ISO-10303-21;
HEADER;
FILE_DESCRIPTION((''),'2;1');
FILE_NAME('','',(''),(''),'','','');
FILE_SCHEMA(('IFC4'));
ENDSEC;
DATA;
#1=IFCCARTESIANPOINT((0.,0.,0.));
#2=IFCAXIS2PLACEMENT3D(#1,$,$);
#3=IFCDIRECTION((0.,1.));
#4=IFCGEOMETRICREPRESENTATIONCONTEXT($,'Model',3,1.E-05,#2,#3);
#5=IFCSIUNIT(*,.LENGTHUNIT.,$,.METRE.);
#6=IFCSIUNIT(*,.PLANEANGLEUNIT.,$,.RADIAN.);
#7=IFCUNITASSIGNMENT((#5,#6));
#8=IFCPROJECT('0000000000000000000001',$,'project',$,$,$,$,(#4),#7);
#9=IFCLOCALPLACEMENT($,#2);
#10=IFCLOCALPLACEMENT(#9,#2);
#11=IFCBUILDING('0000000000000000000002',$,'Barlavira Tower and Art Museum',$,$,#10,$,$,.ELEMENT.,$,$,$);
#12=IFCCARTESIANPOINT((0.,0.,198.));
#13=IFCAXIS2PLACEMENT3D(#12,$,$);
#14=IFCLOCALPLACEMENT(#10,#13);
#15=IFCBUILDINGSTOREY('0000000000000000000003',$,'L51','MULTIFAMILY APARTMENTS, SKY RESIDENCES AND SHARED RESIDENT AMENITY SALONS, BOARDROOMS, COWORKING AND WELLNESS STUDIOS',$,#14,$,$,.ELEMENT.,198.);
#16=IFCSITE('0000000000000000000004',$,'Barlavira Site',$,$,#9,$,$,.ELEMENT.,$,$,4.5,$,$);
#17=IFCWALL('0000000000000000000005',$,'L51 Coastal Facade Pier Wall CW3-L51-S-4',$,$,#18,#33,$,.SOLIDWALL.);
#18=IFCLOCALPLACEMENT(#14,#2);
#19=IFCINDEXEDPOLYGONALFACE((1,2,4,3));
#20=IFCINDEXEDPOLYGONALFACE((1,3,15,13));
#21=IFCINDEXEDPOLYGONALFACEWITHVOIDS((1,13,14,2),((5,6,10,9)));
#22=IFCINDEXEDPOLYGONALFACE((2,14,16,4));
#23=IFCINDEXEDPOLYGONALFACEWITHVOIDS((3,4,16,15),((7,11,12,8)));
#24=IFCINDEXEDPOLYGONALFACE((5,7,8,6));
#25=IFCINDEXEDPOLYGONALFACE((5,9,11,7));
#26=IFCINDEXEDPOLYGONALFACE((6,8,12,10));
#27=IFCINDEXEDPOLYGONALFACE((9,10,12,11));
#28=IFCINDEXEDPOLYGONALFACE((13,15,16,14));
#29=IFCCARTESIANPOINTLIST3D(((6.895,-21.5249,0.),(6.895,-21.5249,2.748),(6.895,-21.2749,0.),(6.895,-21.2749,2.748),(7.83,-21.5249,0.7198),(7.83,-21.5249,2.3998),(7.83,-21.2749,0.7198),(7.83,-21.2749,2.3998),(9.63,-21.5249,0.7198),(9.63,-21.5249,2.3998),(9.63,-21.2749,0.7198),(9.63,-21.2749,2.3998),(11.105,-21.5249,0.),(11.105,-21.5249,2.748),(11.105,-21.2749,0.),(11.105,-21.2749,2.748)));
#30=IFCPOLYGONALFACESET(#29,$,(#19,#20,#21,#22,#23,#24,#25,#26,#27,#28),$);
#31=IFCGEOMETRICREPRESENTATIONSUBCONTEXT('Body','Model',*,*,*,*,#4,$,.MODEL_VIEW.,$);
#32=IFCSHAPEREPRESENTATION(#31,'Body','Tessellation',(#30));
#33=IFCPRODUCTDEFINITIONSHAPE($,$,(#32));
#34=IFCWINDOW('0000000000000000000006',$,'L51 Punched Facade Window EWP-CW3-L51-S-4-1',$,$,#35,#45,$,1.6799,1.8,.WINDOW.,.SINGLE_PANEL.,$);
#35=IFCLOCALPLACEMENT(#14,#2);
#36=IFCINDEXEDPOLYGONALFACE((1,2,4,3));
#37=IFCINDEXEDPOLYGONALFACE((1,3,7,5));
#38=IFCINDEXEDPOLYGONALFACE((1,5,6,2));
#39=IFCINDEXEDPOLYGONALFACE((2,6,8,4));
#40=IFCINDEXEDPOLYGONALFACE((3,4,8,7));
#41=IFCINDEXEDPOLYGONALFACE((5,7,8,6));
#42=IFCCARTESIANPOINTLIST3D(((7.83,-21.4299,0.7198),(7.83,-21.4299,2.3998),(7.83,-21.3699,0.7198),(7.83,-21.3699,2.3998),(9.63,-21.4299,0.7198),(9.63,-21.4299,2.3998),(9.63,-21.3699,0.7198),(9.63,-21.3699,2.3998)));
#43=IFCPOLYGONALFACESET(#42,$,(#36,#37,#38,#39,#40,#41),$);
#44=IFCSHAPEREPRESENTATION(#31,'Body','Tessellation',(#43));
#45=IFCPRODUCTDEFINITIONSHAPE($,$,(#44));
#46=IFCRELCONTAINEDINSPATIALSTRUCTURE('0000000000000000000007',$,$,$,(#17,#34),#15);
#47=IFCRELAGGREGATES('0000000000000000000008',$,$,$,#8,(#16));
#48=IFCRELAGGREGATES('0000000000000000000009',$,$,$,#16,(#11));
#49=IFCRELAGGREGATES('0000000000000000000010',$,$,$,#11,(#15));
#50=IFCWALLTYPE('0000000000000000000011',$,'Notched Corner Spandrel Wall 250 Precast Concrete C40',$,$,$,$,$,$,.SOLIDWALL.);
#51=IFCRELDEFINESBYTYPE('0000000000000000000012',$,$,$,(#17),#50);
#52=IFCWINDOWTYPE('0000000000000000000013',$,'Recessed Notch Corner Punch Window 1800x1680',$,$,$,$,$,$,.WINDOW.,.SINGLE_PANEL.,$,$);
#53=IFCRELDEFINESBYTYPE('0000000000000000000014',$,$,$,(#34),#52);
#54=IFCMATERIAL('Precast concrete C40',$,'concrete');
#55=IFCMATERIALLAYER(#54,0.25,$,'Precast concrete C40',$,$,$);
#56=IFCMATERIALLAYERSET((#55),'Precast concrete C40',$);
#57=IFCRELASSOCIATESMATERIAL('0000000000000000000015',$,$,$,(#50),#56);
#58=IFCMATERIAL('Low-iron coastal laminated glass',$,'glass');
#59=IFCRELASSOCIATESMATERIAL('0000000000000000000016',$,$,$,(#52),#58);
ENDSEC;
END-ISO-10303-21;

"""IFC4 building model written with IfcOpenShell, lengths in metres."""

from ifc_helpers import new_model, si_unit, direction, frame, frame_2d, origin, place, context, subcontext, project, spatial, rectangle, extrude, material, layer, layer_set, type_object, element, fill, save


model = new_model("IFC4")

# Units and contexts
model_context = context("Model", 3, precision=1e-05, world=origin(), true_north=direction((0.0, 1.0)))
body_context = subcontext(model_context, "Body", "Model", "MODEL_VIEW")
ifc_project = project(units=[si_unit("LENGTHUNIT", "METRE"), si_unit("PLANEANGLEUNIT", "RADIAN")], contexts=[model_context])

# Site, building, storey
site_placement = place(None, origin())
site = spatial("IfcSite", under=ifc_project, at=site_placement, Name="Barlavira Site", CompositionType="ELEMENT", RefElevation=4.5)
building_placement = place(site_placement, origin())
building = spatial("IfcBuilding", under=site, at=building_placement, Name="Barlavira Tower and Art Museum", CompositionType="ELEMENT")
storey_placement = place(building_placement, frame((0.0, 0.0, 198.0)))
storey = spatial("IfcBuildingStorey", under=building, at=storey_placement, Name="L51", Description="MULTIFAMILY APARTMENTS, SKY RESIDENCES AND SHARED RESIDENT AMENITY SALONS, BOARDROOMS, COWORKING AND WELLNESS STUDIOS", CompositionType="ELEMENT", Elevation=198.0)

# Wall, opening, window
ifc_material_1 = material(Name="Precast concrete C40", Category="concrete")
ifc_layer_1 = layer(ifc_material_1, 0.25, Name="Precast concrete C40")
ifc_layer_set_1 = layer_set([ifc_layer_1], Name="Precast concrete C40")
wall_type_1 = type_object("IfcWallType", Name="Notched Corner Spandrel Wall 250 Precast Concrete C40", PredefinedType="SOLIDWALL", material=ifc_layer_set_1)
wall_1_placement = place(storey_placement, frame((6.895, -21.3999, 0.0), z_axis=(0.0, 0.0, 1.0), x_axis=(1.0, 0.0, 0.0)))
wall_1 = element("IfcWall", 1, at=wall_1_placement, inside=storey, type_object=wall_type_1, Name="L51 Coastal Facade Pier Wall CW3-L51-S-4", PredefinedType="SOLIDWALL", context=body_context, shape_type="SweptSolid", body=[
    extrude(rectangle(XDim=4.21, YDim=0.25, at=frame_2d((2.105, 0.0))), origin(), (0.0, 0.0, 1.0), 2.748),
])
opening_1_placement = place(wall_1_placement, frame((0.9351, 0.0, 0.72)))
opening_1 = element("IfcOpeningElement", 2, at=opening_1_placement, cuts=wall_1, PredefinedType="OPENING", context=body_context, shape_type="SweptSolid", body=[
    extrude(rectangle(XDim=1.8, YDim=1.6799, at=frame_2d((0.8999, 0.8398))), frame((0.0, 0.135, 0.0), z_axis=(0.0, -1.0, 0.0), x_axis=(1.0, 0.0, 0.0)), (0.0, 0.0, 1.0), 0.27),
])
ifc_material_2 = material(Name="Low-iron coastal laminated glass", Category="glass")
window_type = type_object("IfcWindowType", Name="Recessed Notch Corner Punch Window 1800x1680", PartitioningType="SINGLE_PANEL", PredefinedType="WINDOW", material=ifc_material_2)
window_placement = place(opening_1_placement, origin())
window = element("IfcWindow", 3, at=window_placement, inside=storey, type_object=window_type, Name="L51 Punched Facade Window EWP-CW3-L51-S-4-1", OverallHeight=1.6799, OverallWidth=1.8, PartitioningType="SINGLE_PANEL", PredefinedType="WINDOW", context=body_context, shape_type="SweptSolid", body=[
    extrude(rectangle(XDim=1.8, YDim=1.6799, at=frame_2d((0.8999, 0.8398))), frame((0.0, 0.03, 0.0), z_axis=(0.0, -1.0, 0.0), x_axis=(1.0, 0.0, 0.0)), (0.0, 0.0, 1.0), 0.0601),
])
fill(opening_1, window)

save(model, "model.ifc")
